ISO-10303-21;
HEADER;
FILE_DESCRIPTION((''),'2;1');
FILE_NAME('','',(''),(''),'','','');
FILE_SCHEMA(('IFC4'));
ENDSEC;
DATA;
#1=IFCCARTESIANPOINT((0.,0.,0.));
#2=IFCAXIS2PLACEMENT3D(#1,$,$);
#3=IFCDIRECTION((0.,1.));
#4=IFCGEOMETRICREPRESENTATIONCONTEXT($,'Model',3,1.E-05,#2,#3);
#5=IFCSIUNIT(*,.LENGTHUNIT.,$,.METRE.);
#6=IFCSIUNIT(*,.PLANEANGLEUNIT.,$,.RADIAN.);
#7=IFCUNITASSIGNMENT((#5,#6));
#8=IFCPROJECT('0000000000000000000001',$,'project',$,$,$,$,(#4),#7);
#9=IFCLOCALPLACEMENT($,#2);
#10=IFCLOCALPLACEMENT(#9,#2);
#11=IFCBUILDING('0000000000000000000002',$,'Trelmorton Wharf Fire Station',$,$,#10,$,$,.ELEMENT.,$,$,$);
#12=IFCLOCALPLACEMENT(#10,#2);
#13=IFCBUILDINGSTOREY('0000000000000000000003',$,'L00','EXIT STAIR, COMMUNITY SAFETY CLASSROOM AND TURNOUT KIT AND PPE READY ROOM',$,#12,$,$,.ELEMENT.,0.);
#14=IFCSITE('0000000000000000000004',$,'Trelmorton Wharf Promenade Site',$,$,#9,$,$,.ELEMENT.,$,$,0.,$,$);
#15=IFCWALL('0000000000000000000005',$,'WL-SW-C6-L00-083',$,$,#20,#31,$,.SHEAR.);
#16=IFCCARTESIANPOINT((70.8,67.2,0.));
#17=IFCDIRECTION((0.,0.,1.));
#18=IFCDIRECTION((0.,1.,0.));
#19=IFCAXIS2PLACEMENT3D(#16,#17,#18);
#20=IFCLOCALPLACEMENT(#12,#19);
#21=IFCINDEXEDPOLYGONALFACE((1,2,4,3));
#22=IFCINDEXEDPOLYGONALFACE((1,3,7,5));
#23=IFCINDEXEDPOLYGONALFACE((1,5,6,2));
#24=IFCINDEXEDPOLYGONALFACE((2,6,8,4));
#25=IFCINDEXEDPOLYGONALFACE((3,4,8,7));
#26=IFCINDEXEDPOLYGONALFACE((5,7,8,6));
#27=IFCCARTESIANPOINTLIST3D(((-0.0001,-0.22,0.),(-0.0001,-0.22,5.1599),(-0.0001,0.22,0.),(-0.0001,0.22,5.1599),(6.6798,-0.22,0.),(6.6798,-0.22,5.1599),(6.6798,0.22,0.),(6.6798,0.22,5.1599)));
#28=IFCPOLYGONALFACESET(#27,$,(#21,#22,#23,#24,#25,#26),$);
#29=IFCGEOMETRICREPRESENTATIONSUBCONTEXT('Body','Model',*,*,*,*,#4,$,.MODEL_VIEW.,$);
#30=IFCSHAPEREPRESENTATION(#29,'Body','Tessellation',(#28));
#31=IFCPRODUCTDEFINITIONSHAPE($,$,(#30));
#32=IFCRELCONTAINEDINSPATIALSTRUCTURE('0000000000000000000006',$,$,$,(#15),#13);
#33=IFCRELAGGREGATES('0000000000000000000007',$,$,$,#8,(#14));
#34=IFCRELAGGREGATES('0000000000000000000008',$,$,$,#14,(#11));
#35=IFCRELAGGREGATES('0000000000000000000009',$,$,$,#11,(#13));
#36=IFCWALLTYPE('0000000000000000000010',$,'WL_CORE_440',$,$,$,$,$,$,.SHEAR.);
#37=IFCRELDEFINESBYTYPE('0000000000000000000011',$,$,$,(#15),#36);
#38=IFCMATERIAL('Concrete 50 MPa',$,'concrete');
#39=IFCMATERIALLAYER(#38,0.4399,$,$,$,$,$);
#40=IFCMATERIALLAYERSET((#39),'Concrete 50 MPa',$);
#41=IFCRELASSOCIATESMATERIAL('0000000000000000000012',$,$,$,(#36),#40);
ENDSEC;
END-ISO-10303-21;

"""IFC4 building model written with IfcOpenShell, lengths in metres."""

from ifc_helpers import new_model, si_unit, direction, frame, frame_2d, origin, place, context, subcontext, project, spatial, rectangle, extrude, material, layer, layer_set, type_object, element, save


model = new_model("IFC4")

# Units and contexts
model_context = context("Model", 3, precision=1e-05, world=origin(), true_north=direction((0.0, 1.0)))
body_context = subcontext(model_context, "Body", "Model", "MODEL_VIEW")
ifc_project = project(units=[si_unit("LENGTHUNIT", "METRE"), si_unit("PLANEANGLEUNIT", "RADIAN")], contexts=[model_context])

# Site, building, storey
site_placement = place(None, origin())
site = spatial("IfcSite", under=ifc_project, at=site_placement, Name="Trelmorton Wharf Promenade Site", CompositionType="ELEMENT", RefElevation=0.0)
building_placement = place(site_placement, origin())
building = spatial("IfcBuilding", under=site, at=building_placement, Name="Trelmorton Wharf Fire Station", CompositionType="ELEMENT")
storey_placement = place(building_placement, origin())
storey = spatial("IfcBuildingStorey", under=building, at=storey_placement, Name="L00", Description="EXIT STAIR, COMMUNITY SAFETY CLASSROOM AND TURNOUT KIT AND PPE READY ROOM", CompositionType="ELEMENT", Elevation=0.0)

# Wall
ifc_material_1 = material(Name="Concrete 50 MPa", Category="concrete")
ifc_layer_1 = layer(ifc_material_1, 0.4399)
ifc_layer_set_1 = layer_set([ifc_layer_1], Name="Concrete 50 MPa")
wall_type_1 = type_object("IfcWallType", Name="WL_CORE_440", PredefinedType="SHEAR", material=ifc_layer_set_1)
wall_1_placement = place(storey_placement, frame((70.8, 67.2, 0.0), z_axis=(0.0, 0.0, 1.0), x_axis=(0.0, 1.0, 0.0)))
element("IfcWall", 1, at=wall_1_placement, inside=storey, type_object=wall_type_1, Name="WL-SW-C6-L00-083", PredefinedType="SHEAR", context=body_context, shape_type="SweptSolid", body=[
    extrude(rectangle(XDim=6.6799, YDim=0.4399, at=frame_2d((3.3398, 0.0))), origin(), (0.0, 0.0, 1.0), 5.1599),
])

save(model, "model.ifc")
